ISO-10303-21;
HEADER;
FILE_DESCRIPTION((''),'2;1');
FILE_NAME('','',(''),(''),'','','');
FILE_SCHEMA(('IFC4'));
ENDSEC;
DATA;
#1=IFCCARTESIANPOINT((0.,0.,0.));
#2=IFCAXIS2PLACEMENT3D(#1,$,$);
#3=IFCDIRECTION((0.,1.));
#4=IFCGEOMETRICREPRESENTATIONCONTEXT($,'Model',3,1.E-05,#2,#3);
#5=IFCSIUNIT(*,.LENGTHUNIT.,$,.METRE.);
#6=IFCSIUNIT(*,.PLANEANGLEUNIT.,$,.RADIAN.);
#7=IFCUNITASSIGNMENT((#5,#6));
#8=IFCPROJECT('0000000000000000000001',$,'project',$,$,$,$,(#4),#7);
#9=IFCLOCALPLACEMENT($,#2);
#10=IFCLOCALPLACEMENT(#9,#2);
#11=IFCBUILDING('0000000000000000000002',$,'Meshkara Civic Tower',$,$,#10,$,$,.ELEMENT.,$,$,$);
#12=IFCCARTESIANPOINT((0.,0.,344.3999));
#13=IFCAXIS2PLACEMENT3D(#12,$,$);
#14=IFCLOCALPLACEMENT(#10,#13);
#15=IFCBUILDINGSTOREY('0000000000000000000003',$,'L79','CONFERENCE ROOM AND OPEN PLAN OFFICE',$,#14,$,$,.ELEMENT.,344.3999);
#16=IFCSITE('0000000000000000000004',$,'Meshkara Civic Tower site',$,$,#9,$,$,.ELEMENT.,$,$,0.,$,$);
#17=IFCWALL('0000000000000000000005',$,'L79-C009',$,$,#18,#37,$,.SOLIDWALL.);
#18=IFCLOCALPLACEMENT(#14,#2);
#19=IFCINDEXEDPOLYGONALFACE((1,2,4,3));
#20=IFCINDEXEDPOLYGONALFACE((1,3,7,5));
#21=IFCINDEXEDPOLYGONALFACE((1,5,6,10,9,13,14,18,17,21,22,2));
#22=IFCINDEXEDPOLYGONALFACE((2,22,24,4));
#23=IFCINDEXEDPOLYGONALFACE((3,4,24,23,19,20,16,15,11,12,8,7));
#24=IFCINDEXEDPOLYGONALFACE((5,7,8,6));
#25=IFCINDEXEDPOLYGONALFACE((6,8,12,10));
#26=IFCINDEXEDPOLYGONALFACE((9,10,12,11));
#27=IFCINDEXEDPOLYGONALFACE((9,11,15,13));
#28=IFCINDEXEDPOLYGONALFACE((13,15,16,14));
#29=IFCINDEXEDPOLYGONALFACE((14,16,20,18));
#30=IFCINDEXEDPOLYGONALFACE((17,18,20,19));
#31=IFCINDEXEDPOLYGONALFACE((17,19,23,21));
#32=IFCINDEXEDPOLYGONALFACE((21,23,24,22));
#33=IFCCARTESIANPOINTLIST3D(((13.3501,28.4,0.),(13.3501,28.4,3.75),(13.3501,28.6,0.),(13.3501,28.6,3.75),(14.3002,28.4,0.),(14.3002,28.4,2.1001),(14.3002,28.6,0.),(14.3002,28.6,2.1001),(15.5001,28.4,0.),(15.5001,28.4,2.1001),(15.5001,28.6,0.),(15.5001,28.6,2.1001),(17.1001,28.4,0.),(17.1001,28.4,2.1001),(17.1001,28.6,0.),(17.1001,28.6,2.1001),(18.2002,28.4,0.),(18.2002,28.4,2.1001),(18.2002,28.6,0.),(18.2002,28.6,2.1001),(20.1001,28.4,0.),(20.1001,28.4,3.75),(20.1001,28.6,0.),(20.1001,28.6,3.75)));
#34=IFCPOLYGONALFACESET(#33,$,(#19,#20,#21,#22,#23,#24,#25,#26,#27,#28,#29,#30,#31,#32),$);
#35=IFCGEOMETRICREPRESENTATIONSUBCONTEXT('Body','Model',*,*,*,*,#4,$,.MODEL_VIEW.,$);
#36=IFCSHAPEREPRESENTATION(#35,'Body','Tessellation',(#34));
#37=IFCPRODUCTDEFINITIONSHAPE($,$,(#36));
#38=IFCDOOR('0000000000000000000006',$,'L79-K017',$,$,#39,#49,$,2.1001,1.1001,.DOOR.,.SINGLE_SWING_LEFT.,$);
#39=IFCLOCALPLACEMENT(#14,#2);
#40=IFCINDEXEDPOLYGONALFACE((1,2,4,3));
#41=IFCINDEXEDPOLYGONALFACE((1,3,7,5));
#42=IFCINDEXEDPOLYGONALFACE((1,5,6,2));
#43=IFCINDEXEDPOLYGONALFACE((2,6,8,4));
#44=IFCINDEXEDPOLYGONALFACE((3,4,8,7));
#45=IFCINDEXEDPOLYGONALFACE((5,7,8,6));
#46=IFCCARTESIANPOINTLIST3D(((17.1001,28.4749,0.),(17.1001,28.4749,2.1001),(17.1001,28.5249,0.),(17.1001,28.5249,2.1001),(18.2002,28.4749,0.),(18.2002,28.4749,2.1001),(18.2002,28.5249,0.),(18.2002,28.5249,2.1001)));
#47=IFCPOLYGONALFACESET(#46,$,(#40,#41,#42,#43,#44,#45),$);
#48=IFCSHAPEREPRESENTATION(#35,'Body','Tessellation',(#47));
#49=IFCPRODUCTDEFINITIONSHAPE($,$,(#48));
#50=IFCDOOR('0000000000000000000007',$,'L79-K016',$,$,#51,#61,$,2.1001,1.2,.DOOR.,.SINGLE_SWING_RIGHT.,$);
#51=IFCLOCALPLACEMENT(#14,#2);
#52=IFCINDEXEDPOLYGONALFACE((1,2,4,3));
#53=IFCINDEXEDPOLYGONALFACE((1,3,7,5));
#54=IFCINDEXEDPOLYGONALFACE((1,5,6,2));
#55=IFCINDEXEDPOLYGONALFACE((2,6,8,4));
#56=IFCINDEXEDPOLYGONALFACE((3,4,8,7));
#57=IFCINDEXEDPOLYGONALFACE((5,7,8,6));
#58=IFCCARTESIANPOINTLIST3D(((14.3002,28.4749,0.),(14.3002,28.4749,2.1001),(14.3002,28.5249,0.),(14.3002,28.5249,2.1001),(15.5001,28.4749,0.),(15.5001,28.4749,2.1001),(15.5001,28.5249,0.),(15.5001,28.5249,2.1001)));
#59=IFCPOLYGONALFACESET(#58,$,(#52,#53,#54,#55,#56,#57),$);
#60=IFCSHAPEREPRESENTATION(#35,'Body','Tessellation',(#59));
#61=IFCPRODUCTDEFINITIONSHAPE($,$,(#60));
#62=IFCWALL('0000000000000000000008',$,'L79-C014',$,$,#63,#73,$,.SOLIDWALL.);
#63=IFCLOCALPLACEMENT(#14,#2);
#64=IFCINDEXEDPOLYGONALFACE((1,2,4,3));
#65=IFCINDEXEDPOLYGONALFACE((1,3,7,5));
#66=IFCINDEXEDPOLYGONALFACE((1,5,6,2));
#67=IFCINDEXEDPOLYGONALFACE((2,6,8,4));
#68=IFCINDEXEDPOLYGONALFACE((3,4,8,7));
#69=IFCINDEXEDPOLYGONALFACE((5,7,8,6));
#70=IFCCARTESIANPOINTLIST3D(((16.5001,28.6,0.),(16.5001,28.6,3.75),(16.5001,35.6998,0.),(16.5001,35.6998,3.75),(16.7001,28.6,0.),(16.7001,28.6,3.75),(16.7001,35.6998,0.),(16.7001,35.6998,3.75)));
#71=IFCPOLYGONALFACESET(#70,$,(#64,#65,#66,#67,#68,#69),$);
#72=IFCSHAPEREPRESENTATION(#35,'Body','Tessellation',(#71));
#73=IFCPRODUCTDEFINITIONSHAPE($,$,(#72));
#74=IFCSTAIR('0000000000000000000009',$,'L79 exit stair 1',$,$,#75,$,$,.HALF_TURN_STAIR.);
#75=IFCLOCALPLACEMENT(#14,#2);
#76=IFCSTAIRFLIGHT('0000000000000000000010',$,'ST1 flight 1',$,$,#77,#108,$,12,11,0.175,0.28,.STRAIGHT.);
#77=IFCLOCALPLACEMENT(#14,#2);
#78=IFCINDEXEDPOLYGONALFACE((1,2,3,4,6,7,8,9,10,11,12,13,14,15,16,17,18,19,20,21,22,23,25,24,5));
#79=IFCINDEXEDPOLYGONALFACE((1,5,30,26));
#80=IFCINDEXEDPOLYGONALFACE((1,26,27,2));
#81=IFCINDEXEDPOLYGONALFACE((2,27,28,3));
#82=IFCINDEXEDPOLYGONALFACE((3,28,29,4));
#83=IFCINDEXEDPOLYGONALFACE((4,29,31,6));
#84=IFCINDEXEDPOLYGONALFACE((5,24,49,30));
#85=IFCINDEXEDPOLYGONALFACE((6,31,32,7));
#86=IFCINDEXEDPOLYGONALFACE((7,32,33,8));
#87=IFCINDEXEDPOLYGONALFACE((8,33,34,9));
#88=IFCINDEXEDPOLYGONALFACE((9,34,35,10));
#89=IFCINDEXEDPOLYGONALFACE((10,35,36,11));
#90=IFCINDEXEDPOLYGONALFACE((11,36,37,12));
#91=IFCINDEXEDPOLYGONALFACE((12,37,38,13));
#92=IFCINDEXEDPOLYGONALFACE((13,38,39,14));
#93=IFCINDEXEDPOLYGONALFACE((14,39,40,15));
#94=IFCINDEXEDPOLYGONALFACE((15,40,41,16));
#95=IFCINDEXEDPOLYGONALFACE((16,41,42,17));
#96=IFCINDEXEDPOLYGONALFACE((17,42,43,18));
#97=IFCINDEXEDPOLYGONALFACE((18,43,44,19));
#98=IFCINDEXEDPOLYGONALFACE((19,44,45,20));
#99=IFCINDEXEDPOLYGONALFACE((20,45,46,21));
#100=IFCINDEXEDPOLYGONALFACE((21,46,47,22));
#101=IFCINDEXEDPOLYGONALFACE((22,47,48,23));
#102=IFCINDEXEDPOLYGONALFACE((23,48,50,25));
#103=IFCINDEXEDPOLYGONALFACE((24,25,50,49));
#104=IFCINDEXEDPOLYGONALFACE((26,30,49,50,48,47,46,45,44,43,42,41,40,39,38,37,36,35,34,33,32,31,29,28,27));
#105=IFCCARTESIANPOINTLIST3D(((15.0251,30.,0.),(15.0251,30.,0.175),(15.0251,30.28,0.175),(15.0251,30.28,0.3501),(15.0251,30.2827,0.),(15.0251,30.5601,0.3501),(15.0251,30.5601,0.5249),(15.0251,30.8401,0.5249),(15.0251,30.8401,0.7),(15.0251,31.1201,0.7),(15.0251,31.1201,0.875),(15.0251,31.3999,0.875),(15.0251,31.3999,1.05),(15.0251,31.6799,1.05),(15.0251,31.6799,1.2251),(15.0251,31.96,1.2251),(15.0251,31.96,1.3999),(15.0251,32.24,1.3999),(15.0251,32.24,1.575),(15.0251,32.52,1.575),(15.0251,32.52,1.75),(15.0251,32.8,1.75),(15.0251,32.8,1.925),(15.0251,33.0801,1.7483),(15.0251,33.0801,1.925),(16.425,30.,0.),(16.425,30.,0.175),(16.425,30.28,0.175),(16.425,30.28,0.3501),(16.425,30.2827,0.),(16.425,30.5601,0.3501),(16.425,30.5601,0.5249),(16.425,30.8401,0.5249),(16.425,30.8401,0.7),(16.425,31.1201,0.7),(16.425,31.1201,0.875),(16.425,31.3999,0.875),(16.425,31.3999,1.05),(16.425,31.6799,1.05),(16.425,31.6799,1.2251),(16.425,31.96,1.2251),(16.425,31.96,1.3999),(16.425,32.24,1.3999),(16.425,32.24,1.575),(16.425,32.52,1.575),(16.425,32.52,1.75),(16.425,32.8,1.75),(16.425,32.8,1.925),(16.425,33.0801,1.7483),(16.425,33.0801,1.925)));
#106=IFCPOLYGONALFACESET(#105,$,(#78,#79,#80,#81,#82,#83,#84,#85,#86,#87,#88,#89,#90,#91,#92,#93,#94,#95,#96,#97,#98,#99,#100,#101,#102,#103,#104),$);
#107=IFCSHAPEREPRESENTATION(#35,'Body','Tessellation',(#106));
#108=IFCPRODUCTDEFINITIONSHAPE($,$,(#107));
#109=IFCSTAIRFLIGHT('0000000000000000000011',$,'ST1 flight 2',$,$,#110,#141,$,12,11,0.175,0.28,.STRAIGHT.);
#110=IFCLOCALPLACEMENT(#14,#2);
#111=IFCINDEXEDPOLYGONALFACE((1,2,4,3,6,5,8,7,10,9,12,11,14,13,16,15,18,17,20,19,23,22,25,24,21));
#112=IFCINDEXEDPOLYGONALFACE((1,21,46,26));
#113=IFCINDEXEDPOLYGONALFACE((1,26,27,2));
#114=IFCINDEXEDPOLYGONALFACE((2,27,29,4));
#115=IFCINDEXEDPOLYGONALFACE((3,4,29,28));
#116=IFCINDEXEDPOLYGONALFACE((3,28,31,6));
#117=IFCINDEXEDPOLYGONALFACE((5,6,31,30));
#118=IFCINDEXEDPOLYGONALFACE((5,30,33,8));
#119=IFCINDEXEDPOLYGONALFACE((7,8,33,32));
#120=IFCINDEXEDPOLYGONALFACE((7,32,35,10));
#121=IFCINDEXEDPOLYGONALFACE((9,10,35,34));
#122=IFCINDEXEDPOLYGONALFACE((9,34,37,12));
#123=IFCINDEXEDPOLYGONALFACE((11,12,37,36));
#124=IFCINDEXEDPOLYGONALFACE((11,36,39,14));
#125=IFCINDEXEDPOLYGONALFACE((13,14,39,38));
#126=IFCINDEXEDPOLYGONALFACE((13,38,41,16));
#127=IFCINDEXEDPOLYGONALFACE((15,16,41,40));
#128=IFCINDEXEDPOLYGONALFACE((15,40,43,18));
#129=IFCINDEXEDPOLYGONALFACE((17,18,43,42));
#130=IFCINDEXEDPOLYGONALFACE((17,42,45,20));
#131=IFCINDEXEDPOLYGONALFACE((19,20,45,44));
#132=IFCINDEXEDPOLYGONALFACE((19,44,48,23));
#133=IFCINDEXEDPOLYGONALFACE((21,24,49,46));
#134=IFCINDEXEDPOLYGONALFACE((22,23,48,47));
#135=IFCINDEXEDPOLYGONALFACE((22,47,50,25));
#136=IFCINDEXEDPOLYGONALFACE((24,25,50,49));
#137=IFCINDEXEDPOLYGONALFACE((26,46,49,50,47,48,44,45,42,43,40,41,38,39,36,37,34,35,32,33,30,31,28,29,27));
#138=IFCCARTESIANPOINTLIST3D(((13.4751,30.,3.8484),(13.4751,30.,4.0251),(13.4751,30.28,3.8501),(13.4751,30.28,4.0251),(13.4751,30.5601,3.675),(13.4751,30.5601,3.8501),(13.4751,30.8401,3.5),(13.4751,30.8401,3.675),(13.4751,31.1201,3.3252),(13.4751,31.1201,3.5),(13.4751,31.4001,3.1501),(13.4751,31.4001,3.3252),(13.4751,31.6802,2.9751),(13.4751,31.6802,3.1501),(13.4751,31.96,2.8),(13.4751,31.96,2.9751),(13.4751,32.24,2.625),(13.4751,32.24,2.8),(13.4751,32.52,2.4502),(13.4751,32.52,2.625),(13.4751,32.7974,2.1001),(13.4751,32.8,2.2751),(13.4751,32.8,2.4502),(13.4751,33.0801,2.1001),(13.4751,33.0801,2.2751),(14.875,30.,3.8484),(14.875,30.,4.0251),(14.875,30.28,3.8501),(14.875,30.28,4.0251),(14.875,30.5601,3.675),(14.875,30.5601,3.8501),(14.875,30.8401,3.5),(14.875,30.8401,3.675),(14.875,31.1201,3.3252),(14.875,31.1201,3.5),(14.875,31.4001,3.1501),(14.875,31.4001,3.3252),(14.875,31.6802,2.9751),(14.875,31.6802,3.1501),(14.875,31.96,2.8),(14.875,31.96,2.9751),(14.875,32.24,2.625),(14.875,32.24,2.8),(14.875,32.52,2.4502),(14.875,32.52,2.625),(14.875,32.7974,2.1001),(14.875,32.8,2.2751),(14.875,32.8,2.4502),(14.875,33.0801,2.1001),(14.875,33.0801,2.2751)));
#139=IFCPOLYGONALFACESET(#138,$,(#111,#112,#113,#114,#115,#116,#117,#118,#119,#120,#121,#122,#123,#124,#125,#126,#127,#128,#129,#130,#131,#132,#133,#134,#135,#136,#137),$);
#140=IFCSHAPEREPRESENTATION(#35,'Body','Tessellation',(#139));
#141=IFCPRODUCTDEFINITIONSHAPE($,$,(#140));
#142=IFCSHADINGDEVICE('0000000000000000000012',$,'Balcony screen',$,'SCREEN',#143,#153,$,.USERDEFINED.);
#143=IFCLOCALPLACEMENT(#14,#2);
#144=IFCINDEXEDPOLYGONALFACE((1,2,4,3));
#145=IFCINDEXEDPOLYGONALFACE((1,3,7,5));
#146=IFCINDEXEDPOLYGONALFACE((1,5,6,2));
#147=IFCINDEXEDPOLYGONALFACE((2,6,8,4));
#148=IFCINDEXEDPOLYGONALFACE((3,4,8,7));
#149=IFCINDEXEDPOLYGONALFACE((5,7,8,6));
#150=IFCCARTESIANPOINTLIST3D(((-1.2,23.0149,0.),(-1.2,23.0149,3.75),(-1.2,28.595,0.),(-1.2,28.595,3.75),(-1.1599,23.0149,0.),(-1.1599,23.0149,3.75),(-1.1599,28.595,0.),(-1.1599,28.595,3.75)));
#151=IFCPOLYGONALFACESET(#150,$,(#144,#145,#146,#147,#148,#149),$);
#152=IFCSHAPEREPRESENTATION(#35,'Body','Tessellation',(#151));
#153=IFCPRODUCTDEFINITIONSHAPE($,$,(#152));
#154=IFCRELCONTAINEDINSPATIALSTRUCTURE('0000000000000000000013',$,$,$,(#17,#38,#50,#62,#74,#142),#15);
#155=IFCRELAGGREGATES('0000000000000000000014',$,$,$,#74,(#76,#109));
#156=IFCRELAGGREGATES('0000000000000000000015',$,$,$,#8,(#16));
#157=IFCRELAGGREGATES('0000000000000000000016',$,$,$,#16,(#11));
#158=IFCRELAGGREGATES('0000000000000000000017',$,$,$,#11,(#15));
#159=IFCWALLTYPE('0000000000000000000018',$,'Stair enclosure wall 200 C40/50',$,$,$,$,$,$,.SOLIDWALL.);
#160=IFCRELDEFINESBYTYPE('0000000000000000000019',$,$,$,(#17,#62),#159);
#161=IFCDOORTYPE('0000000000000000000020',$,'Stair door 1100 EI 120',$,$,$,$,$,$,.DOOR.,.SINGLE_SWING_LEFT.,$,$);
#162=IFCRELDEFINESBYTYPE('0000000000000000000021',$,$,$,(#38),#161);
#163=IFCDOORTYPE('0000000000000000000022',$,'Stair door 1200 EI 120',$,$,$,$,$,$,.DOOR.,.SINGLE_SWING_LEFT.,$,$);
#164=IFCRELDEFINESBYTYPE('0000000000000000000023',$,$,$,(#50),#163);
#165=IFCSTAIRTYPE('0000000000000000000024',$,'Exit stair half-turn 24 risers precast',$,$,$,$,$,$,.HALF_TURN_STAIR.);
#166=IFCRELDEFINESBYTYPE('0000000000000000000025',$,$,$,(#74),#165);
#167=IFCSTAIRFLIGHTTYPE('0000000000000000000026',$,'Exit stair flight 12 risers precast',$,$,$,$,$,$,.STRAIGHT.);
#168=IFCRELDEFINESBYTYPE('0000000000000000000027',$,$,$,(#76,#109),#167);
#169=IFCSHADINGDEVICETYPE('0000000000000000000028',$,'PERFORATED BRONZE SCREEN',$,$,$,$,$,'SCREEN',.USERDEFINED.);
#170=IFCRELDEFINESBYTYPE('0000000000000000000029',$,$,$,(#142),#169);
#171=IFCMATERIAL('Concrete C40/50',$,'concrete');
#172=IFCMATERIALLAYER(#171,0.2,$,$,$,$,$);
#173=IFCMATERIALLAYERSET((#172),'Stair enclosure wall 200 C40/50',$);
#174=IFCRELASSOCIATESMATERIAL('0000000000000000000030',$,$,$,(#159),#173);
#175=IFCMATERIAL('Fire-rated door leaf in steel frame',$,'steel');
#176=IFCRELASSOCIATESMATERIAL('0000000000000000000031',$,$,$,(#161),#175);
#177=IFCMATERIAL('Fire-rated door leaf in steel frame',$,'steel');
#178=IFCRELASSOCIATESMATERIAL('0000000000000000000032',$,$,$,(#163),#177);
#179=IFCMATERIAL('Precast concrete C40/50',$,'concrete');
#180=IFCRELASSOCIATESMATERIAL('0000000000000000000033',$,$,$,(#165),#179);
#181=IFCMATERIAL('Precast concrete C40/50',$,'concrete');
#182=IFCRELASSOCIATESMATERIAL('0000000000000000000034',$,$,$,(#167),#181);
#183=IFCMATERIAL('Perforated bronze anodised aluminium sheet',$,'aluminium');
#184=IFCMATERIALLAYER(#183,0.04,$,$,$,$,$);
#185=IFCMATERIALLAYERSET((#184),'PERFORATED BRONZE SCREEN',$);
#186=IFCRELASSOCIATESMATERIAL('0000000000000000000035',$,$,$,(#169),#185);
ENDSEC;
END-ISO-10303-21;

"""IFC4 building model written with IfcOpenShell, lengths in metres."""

from ifc_helpers import new_model, si_unit, direction, frame, frame_2d, origin, origin_2d, place, context, subcontext, project, spatial, polyline, rectangle, outline, extrude, material, layer, layer_set, type_object, element, fill, aggregate, save


model = new_model("IFC4")

# Units and contexts
model_context = context("Model", 3, precision=1e-05, world=origin(), true_north=direction((0.0, 1.0)))
body_context = subcontext(model_context, "Body", "Model", "MODEL_VIEW")
ifc_project = project(units=[si_unit("LENGTHUNIT", "METRE"), si_unit("PLANEANGLEUNIT", "RADIAN")], contexts=[model_context])

# Site, building, storey
site_placement = place(None, origin())
site = spatial("IfcSite", under=ifc_project, at=site_placement, Name="Meshkara Civic Tower site", CompositionType="ELEMENT", RefElevation=0.0)
building_placement = place(site_placement, origin())
building = spatial("IfcBuilding", under=site, at=building_placement, Name="Meshkara Civic Tower", CompositionType="ELEMENT")
storey_placement = place(building_placement, frame((0.0, 0.0, 344.3999)))
storey = spatial("IfcBuildingStorey", under=building, at=storey_placement, Name="L79", Description="CONFERENCE ROOM AND OPEN PLAN OFFICE", CompositionType="ELEMENT", Elevation=344.3999)

# Wall, openings, doors
ifc_material_1 = material(Name="Concrete C40/50", Category="concrete")
ifc_layer_1 = layer(ifc_material_1, 0.2)
ifc_layer_set_1 = layer_set([ifc_layer_1], Name="Stair enclosure wall 200 C40/50")
wall_type_1 = type_object("IfcWallType", Name="Stair enclosure wall 200 C40/50", PredefinedType="SOLIDWALL", material=ifc_layer_set_1)
wall_1_placement = place(storey_placement, frame((13.3501, 28.5, 0.0), z_axis=(0.0, 0.0, 1.0), x_axis=(1.0, 0.0, 0.0)))
wall_1 = element("IfcWall", 1, at=wall_1_placement, inside=storey, type_object=wall_type_1, Name="L79-C009", PredefinedType="SOLIDWALL", context=body_context, shape_type="SweptSolid", body=[
    extrude(rectangle(XDim=6.75, YDim=0.2, at=frame_2d((3.375, 0.0))), origin(), (0.0, 0.0, 1.0), 3.75),
])
opening_1_placement = place(wall_1_placement, frame((0.95, 0.0, 0.0)))
opening_1 = element("IfcOpeningElement", 2, at=opening_1_placement, cuts=wall_1, PredefinedType="OPENING", context=body_context, shape_type="SweptSolid", body=[
    extrude(rectangle(XDim=1.2, YDim=2.1001, at=frame_2d((0.6001, 1.05))), frame((0.0, 0.1099, 0.0), z_axis=(0.0, -1.0, 0.0), x_axis=(1.0, 0.0, 0.0)), (0.0, 0.0, 1.0), 0.22),
])
opening_2_placement = place(wall_1_placement, frame((3.75, 0.0, 0.0)))
opening_2 = element("IfcOpeningElement", 3, at=opening_2_placement, cuts=wall_1, PredefinedType="OPENING", context=body_context, shape_type="SweptSolid", body=[
    extrude(rectangle(XDim=1.1001, YDim=2.1001, at=frame_2d((0.55, 1.05))), frame((0.0, 0.1099, 0.0), z_axis=(0.0, -1.0, 0.0), x_axis=(1.0, 0.0, 0.0)), (0.0, 0.0, 1.0), 0.22),
])
ifc_material_2 = material(Name="Fire-rated door leaf in steel frame", Category="steel")
door_type_1 = type_object("IfcDoorType", Name="Stair door 1100 EI 120", OperationType="SINGLE_SWING_LEFT", PredefinedType="DOOR", material=ifc_material_2)
door_1_placement = place(opening_2_placement, origin())
door_1 = element("IfcDoor", 4, at=door_1_placement, inside=storey, type_object=door_type_1, Name="L79-K017", OperationType="SINGLE_SWING_LEFT", OverallHeight=2.1001, OverallWidth=1.1001, PredefinedType="DOOR", context=body_context, shape_type="SweptSolid", body=[
    extrude(rectangle(XDim=1.1001, YDim=2.1001, at=frame_2d((0.55, 1.05))), frame((0.0, 0.0249, 0.0), z_axis=(0.0, -1.0, 0.0), x_axis=(1.0, 0.0, 0.0)), (0.0, 0.0, 1.0), 0.05),
])
fill(opening_2, door_1)
ifc_material_3 = material(Name="Fire-rated door leaf in steel frame", Category="steel")
door_type_2 = type_object("IfcDoorType", Name="Stair door 1200 EI 120", OperationType="SINGLE_SWING_LEFT", PredefinedType="DOOR", material=ifc_material_3)
door_2_placement = place(opening_1_placement, origin())
door_2 = element("IfcDoor", 5, at=door_2_placement, inside=storey, type_object=door_type_2, Name="L79-K016", OperationType="SINGLE_SWING_RIGHT", OverallHeight=2.1001, OverallWidth=1.2, PredefinedType="DOOR", context=body_context, shape_type="SweptSolid", body=[
    extrude(rectangle(XDim=1.2, YDim=2.1001, at=frame_2d((0.6001, 1.05))), frame((0.0, 0.0249, 0.0), z_axis=(0.0, -1.0, 0.0), x_axis=(1.0, 0.0, 0.0)), (0.0, 0.0, 1.0), 0.05),
])
fill(opening_1, door_2)

# Wall
wall_2_placement = place(storey_placement, frame((16.6001, 28.6001, 0.0), z_axis=(0.0, 0.0, 1.0), x_axis=(0.0, 1.0, 0.0)))
element("IfcWall", 6, at=wall_2_placement, inside=storey, type_object=wall_type_1, Name="L79-C014", PredefinedType="SOLIDWALL", context=body_context, shape_type="SweptSolid", body=[
    extrude(rectangle(XDim=7.0999, YDim=0.2, at=frame_2d((3.5498, 0.0))), origin(), (0.0, 0.0, 1.0), 3.75),
])

# Stair, stair flights
ifc_material_4 = material(Name="Precast concrete C40/50", Category="concrete")
stair_type = type_object("IfcStairType", Name="Exit stair half-turn 24 risers precast", PredefinedType="HALF_TURN_STAIR", material=ifc_material_4)
stair_placement = place(storey_placement, origin())
stair = element("IfcStair", 7, at=stair_placement, inside=storey, type_object=stair_type, Name="L79 exit stair 1", PredefinedType="HALF_TURN_STAIR")
ifc_material_5 = material(Name="Precast concrete C40/50", Category="concrete")
stair_flight_type = type_object("IfcStairFlightType", Name="Exit stair flight 12 risers precast", PredefinedType="STRAIGHT", material=ifc_material_5)
stair_flight_1_placement = place(storey_placement, frame((15.7251, 30.0, 0.0), z_axis=(0.0, 0.0, 1.0), x_axis=(0.0, 1.0, 0.0)))
stair_flight_1 = element("IfcStairFlight", 8, at=stair_flight_1_placement, type_object=stair_flight_type, Name="ST1 flight 1", NumberOfRisers=12, NumberOfTreads=11, PredefinedType="STRAIGHT", RiserHeight=0.175, TreadLength=0.28, context=body_context, shape_type="SweptSolid", body=[
    extrude(outline(polyline([(0.0, 0.0), (0.0, 0.175), (0.28, 0.175), (0.28, 0.3501), (0.5601, 0.3501), (0.5601, 0.5249), (0.8401, 0.5249), (0.8401, 0.7), (1.1201, 0.7), (1.1201, 0.875), (1.3999, 0.875), (1.3999, 1.05), (1.6799, 1.05), (1.6799, 1.2251), (1.96, 1.2251), (1.96, 1.3999), (2.24, 1.3999), (2.24, 1.575), (2.52, 1.575), (2.52, 1.75), (2.8, 1.75), (2.8, 1.925), (3.0801, 1.925), (3.0801, 2.1001), (3.0801, 1.7483), (0.2827, 0.0), (0.0, 0.0)])), frame((0.0, 0.7, 0.0), z_axis=(0.0, -1.0, 0.0), x_axis=(1.0, 0.0, 0.0)), (0.0, 0.0, 1.0), 1.3999),
])
stair_flight_2_placement = place(storey_placement, frame((14.175, 33.0801, 2.1001), z_axis=(0.0, 0.0, 1.0), x_axis=(0.0, -1.0, 0.0)))
stair_flight_2 = element("IfcStairFlight", 9, at=stair_flight_2_placement, type_object=stair_flight_type, Name="ST1 flight 2", NumberOfRisers=12, NumberOfTreads=11, PredefinedType="STRAIGHT", RiserHeight=0.175, TreadLength=0.28, context=body_context, shape_type="SweptSolid", body=[
    extrude(outline(polyline([(0.0, 0.0), (0.0, 0.175), (0.28, 0.175), (0.28, 0.3501), (0.5601, 0.3501), (0.5601, 0.5249), (0.8401, 0.5249), (0.8401, 0.7), (1.1201, 0.7), (1.1201, 0.875), (1.3999, 0.875), (1.3999, 1.05), (1.6799, 1.05), (1.6799, 1.2251), (1.96, 1.2251), (1.96, 1.3999), (2.24, 1.3999), (2.24, 1.575), (2.52, 1.575), (2.52, 1.75), (2.8, 1.75), (2.8, 1.925), (3.0801, 1.925), (3.0801, 2.1001), (3.0801, 1.7483), (0.2827, 0.0), (0.0, 0.0)])), frame((0.0, 0.7, 0.0), z_axis=(0.0, -1.0, 0.0), x_axis=(1.0, 0.0, 0.0)), (0.0, 0.0, 1.0), 1.3999),
])
aggregate(stair, [stair_flight_1, stair_flight_2])

# Shading device
ifc_material_6 = material(Name="Perforated bronze anodised aluminium sheet", Category="aluminium")
ifc_layer_2 = layer(ifc_material_6, 0.04)
ifc_layer_set_2 = layer_set([ifc_layer_2], Name="PERFORATED BRONZE SCREEN")
shading_device_type = type_object("IfcShadingDeviceType", Name="PERFORATED BRONZE SCREEN", ElementType="SCREEN", PredefinedType="USERDEFINED", material=ifc_layer_set_2)
shading_device_placement = place(storey_placement, frame((-1.1799, 25.8049, 0.0), z_axis=(0.0, 0.0, 1.0), x_axis=(0.0, -1.0, 0.0)))
element("IfcShadingDevice", 10, at=shading_device_placement, inside=storey, type_object=shading_device_type, Name="Balcony screen", ObjectType="SCREEN", PredefinedType="USERDEFINED", context=body_context, shape_type="SweptSolid", body=[
    extrude(rectangle(XDim=5.5801, YDim=0.04, at=origin_2d()), origin(), (0.0, 0.0, 1.0), 3.75),
])

save(model, "model.ifc")
